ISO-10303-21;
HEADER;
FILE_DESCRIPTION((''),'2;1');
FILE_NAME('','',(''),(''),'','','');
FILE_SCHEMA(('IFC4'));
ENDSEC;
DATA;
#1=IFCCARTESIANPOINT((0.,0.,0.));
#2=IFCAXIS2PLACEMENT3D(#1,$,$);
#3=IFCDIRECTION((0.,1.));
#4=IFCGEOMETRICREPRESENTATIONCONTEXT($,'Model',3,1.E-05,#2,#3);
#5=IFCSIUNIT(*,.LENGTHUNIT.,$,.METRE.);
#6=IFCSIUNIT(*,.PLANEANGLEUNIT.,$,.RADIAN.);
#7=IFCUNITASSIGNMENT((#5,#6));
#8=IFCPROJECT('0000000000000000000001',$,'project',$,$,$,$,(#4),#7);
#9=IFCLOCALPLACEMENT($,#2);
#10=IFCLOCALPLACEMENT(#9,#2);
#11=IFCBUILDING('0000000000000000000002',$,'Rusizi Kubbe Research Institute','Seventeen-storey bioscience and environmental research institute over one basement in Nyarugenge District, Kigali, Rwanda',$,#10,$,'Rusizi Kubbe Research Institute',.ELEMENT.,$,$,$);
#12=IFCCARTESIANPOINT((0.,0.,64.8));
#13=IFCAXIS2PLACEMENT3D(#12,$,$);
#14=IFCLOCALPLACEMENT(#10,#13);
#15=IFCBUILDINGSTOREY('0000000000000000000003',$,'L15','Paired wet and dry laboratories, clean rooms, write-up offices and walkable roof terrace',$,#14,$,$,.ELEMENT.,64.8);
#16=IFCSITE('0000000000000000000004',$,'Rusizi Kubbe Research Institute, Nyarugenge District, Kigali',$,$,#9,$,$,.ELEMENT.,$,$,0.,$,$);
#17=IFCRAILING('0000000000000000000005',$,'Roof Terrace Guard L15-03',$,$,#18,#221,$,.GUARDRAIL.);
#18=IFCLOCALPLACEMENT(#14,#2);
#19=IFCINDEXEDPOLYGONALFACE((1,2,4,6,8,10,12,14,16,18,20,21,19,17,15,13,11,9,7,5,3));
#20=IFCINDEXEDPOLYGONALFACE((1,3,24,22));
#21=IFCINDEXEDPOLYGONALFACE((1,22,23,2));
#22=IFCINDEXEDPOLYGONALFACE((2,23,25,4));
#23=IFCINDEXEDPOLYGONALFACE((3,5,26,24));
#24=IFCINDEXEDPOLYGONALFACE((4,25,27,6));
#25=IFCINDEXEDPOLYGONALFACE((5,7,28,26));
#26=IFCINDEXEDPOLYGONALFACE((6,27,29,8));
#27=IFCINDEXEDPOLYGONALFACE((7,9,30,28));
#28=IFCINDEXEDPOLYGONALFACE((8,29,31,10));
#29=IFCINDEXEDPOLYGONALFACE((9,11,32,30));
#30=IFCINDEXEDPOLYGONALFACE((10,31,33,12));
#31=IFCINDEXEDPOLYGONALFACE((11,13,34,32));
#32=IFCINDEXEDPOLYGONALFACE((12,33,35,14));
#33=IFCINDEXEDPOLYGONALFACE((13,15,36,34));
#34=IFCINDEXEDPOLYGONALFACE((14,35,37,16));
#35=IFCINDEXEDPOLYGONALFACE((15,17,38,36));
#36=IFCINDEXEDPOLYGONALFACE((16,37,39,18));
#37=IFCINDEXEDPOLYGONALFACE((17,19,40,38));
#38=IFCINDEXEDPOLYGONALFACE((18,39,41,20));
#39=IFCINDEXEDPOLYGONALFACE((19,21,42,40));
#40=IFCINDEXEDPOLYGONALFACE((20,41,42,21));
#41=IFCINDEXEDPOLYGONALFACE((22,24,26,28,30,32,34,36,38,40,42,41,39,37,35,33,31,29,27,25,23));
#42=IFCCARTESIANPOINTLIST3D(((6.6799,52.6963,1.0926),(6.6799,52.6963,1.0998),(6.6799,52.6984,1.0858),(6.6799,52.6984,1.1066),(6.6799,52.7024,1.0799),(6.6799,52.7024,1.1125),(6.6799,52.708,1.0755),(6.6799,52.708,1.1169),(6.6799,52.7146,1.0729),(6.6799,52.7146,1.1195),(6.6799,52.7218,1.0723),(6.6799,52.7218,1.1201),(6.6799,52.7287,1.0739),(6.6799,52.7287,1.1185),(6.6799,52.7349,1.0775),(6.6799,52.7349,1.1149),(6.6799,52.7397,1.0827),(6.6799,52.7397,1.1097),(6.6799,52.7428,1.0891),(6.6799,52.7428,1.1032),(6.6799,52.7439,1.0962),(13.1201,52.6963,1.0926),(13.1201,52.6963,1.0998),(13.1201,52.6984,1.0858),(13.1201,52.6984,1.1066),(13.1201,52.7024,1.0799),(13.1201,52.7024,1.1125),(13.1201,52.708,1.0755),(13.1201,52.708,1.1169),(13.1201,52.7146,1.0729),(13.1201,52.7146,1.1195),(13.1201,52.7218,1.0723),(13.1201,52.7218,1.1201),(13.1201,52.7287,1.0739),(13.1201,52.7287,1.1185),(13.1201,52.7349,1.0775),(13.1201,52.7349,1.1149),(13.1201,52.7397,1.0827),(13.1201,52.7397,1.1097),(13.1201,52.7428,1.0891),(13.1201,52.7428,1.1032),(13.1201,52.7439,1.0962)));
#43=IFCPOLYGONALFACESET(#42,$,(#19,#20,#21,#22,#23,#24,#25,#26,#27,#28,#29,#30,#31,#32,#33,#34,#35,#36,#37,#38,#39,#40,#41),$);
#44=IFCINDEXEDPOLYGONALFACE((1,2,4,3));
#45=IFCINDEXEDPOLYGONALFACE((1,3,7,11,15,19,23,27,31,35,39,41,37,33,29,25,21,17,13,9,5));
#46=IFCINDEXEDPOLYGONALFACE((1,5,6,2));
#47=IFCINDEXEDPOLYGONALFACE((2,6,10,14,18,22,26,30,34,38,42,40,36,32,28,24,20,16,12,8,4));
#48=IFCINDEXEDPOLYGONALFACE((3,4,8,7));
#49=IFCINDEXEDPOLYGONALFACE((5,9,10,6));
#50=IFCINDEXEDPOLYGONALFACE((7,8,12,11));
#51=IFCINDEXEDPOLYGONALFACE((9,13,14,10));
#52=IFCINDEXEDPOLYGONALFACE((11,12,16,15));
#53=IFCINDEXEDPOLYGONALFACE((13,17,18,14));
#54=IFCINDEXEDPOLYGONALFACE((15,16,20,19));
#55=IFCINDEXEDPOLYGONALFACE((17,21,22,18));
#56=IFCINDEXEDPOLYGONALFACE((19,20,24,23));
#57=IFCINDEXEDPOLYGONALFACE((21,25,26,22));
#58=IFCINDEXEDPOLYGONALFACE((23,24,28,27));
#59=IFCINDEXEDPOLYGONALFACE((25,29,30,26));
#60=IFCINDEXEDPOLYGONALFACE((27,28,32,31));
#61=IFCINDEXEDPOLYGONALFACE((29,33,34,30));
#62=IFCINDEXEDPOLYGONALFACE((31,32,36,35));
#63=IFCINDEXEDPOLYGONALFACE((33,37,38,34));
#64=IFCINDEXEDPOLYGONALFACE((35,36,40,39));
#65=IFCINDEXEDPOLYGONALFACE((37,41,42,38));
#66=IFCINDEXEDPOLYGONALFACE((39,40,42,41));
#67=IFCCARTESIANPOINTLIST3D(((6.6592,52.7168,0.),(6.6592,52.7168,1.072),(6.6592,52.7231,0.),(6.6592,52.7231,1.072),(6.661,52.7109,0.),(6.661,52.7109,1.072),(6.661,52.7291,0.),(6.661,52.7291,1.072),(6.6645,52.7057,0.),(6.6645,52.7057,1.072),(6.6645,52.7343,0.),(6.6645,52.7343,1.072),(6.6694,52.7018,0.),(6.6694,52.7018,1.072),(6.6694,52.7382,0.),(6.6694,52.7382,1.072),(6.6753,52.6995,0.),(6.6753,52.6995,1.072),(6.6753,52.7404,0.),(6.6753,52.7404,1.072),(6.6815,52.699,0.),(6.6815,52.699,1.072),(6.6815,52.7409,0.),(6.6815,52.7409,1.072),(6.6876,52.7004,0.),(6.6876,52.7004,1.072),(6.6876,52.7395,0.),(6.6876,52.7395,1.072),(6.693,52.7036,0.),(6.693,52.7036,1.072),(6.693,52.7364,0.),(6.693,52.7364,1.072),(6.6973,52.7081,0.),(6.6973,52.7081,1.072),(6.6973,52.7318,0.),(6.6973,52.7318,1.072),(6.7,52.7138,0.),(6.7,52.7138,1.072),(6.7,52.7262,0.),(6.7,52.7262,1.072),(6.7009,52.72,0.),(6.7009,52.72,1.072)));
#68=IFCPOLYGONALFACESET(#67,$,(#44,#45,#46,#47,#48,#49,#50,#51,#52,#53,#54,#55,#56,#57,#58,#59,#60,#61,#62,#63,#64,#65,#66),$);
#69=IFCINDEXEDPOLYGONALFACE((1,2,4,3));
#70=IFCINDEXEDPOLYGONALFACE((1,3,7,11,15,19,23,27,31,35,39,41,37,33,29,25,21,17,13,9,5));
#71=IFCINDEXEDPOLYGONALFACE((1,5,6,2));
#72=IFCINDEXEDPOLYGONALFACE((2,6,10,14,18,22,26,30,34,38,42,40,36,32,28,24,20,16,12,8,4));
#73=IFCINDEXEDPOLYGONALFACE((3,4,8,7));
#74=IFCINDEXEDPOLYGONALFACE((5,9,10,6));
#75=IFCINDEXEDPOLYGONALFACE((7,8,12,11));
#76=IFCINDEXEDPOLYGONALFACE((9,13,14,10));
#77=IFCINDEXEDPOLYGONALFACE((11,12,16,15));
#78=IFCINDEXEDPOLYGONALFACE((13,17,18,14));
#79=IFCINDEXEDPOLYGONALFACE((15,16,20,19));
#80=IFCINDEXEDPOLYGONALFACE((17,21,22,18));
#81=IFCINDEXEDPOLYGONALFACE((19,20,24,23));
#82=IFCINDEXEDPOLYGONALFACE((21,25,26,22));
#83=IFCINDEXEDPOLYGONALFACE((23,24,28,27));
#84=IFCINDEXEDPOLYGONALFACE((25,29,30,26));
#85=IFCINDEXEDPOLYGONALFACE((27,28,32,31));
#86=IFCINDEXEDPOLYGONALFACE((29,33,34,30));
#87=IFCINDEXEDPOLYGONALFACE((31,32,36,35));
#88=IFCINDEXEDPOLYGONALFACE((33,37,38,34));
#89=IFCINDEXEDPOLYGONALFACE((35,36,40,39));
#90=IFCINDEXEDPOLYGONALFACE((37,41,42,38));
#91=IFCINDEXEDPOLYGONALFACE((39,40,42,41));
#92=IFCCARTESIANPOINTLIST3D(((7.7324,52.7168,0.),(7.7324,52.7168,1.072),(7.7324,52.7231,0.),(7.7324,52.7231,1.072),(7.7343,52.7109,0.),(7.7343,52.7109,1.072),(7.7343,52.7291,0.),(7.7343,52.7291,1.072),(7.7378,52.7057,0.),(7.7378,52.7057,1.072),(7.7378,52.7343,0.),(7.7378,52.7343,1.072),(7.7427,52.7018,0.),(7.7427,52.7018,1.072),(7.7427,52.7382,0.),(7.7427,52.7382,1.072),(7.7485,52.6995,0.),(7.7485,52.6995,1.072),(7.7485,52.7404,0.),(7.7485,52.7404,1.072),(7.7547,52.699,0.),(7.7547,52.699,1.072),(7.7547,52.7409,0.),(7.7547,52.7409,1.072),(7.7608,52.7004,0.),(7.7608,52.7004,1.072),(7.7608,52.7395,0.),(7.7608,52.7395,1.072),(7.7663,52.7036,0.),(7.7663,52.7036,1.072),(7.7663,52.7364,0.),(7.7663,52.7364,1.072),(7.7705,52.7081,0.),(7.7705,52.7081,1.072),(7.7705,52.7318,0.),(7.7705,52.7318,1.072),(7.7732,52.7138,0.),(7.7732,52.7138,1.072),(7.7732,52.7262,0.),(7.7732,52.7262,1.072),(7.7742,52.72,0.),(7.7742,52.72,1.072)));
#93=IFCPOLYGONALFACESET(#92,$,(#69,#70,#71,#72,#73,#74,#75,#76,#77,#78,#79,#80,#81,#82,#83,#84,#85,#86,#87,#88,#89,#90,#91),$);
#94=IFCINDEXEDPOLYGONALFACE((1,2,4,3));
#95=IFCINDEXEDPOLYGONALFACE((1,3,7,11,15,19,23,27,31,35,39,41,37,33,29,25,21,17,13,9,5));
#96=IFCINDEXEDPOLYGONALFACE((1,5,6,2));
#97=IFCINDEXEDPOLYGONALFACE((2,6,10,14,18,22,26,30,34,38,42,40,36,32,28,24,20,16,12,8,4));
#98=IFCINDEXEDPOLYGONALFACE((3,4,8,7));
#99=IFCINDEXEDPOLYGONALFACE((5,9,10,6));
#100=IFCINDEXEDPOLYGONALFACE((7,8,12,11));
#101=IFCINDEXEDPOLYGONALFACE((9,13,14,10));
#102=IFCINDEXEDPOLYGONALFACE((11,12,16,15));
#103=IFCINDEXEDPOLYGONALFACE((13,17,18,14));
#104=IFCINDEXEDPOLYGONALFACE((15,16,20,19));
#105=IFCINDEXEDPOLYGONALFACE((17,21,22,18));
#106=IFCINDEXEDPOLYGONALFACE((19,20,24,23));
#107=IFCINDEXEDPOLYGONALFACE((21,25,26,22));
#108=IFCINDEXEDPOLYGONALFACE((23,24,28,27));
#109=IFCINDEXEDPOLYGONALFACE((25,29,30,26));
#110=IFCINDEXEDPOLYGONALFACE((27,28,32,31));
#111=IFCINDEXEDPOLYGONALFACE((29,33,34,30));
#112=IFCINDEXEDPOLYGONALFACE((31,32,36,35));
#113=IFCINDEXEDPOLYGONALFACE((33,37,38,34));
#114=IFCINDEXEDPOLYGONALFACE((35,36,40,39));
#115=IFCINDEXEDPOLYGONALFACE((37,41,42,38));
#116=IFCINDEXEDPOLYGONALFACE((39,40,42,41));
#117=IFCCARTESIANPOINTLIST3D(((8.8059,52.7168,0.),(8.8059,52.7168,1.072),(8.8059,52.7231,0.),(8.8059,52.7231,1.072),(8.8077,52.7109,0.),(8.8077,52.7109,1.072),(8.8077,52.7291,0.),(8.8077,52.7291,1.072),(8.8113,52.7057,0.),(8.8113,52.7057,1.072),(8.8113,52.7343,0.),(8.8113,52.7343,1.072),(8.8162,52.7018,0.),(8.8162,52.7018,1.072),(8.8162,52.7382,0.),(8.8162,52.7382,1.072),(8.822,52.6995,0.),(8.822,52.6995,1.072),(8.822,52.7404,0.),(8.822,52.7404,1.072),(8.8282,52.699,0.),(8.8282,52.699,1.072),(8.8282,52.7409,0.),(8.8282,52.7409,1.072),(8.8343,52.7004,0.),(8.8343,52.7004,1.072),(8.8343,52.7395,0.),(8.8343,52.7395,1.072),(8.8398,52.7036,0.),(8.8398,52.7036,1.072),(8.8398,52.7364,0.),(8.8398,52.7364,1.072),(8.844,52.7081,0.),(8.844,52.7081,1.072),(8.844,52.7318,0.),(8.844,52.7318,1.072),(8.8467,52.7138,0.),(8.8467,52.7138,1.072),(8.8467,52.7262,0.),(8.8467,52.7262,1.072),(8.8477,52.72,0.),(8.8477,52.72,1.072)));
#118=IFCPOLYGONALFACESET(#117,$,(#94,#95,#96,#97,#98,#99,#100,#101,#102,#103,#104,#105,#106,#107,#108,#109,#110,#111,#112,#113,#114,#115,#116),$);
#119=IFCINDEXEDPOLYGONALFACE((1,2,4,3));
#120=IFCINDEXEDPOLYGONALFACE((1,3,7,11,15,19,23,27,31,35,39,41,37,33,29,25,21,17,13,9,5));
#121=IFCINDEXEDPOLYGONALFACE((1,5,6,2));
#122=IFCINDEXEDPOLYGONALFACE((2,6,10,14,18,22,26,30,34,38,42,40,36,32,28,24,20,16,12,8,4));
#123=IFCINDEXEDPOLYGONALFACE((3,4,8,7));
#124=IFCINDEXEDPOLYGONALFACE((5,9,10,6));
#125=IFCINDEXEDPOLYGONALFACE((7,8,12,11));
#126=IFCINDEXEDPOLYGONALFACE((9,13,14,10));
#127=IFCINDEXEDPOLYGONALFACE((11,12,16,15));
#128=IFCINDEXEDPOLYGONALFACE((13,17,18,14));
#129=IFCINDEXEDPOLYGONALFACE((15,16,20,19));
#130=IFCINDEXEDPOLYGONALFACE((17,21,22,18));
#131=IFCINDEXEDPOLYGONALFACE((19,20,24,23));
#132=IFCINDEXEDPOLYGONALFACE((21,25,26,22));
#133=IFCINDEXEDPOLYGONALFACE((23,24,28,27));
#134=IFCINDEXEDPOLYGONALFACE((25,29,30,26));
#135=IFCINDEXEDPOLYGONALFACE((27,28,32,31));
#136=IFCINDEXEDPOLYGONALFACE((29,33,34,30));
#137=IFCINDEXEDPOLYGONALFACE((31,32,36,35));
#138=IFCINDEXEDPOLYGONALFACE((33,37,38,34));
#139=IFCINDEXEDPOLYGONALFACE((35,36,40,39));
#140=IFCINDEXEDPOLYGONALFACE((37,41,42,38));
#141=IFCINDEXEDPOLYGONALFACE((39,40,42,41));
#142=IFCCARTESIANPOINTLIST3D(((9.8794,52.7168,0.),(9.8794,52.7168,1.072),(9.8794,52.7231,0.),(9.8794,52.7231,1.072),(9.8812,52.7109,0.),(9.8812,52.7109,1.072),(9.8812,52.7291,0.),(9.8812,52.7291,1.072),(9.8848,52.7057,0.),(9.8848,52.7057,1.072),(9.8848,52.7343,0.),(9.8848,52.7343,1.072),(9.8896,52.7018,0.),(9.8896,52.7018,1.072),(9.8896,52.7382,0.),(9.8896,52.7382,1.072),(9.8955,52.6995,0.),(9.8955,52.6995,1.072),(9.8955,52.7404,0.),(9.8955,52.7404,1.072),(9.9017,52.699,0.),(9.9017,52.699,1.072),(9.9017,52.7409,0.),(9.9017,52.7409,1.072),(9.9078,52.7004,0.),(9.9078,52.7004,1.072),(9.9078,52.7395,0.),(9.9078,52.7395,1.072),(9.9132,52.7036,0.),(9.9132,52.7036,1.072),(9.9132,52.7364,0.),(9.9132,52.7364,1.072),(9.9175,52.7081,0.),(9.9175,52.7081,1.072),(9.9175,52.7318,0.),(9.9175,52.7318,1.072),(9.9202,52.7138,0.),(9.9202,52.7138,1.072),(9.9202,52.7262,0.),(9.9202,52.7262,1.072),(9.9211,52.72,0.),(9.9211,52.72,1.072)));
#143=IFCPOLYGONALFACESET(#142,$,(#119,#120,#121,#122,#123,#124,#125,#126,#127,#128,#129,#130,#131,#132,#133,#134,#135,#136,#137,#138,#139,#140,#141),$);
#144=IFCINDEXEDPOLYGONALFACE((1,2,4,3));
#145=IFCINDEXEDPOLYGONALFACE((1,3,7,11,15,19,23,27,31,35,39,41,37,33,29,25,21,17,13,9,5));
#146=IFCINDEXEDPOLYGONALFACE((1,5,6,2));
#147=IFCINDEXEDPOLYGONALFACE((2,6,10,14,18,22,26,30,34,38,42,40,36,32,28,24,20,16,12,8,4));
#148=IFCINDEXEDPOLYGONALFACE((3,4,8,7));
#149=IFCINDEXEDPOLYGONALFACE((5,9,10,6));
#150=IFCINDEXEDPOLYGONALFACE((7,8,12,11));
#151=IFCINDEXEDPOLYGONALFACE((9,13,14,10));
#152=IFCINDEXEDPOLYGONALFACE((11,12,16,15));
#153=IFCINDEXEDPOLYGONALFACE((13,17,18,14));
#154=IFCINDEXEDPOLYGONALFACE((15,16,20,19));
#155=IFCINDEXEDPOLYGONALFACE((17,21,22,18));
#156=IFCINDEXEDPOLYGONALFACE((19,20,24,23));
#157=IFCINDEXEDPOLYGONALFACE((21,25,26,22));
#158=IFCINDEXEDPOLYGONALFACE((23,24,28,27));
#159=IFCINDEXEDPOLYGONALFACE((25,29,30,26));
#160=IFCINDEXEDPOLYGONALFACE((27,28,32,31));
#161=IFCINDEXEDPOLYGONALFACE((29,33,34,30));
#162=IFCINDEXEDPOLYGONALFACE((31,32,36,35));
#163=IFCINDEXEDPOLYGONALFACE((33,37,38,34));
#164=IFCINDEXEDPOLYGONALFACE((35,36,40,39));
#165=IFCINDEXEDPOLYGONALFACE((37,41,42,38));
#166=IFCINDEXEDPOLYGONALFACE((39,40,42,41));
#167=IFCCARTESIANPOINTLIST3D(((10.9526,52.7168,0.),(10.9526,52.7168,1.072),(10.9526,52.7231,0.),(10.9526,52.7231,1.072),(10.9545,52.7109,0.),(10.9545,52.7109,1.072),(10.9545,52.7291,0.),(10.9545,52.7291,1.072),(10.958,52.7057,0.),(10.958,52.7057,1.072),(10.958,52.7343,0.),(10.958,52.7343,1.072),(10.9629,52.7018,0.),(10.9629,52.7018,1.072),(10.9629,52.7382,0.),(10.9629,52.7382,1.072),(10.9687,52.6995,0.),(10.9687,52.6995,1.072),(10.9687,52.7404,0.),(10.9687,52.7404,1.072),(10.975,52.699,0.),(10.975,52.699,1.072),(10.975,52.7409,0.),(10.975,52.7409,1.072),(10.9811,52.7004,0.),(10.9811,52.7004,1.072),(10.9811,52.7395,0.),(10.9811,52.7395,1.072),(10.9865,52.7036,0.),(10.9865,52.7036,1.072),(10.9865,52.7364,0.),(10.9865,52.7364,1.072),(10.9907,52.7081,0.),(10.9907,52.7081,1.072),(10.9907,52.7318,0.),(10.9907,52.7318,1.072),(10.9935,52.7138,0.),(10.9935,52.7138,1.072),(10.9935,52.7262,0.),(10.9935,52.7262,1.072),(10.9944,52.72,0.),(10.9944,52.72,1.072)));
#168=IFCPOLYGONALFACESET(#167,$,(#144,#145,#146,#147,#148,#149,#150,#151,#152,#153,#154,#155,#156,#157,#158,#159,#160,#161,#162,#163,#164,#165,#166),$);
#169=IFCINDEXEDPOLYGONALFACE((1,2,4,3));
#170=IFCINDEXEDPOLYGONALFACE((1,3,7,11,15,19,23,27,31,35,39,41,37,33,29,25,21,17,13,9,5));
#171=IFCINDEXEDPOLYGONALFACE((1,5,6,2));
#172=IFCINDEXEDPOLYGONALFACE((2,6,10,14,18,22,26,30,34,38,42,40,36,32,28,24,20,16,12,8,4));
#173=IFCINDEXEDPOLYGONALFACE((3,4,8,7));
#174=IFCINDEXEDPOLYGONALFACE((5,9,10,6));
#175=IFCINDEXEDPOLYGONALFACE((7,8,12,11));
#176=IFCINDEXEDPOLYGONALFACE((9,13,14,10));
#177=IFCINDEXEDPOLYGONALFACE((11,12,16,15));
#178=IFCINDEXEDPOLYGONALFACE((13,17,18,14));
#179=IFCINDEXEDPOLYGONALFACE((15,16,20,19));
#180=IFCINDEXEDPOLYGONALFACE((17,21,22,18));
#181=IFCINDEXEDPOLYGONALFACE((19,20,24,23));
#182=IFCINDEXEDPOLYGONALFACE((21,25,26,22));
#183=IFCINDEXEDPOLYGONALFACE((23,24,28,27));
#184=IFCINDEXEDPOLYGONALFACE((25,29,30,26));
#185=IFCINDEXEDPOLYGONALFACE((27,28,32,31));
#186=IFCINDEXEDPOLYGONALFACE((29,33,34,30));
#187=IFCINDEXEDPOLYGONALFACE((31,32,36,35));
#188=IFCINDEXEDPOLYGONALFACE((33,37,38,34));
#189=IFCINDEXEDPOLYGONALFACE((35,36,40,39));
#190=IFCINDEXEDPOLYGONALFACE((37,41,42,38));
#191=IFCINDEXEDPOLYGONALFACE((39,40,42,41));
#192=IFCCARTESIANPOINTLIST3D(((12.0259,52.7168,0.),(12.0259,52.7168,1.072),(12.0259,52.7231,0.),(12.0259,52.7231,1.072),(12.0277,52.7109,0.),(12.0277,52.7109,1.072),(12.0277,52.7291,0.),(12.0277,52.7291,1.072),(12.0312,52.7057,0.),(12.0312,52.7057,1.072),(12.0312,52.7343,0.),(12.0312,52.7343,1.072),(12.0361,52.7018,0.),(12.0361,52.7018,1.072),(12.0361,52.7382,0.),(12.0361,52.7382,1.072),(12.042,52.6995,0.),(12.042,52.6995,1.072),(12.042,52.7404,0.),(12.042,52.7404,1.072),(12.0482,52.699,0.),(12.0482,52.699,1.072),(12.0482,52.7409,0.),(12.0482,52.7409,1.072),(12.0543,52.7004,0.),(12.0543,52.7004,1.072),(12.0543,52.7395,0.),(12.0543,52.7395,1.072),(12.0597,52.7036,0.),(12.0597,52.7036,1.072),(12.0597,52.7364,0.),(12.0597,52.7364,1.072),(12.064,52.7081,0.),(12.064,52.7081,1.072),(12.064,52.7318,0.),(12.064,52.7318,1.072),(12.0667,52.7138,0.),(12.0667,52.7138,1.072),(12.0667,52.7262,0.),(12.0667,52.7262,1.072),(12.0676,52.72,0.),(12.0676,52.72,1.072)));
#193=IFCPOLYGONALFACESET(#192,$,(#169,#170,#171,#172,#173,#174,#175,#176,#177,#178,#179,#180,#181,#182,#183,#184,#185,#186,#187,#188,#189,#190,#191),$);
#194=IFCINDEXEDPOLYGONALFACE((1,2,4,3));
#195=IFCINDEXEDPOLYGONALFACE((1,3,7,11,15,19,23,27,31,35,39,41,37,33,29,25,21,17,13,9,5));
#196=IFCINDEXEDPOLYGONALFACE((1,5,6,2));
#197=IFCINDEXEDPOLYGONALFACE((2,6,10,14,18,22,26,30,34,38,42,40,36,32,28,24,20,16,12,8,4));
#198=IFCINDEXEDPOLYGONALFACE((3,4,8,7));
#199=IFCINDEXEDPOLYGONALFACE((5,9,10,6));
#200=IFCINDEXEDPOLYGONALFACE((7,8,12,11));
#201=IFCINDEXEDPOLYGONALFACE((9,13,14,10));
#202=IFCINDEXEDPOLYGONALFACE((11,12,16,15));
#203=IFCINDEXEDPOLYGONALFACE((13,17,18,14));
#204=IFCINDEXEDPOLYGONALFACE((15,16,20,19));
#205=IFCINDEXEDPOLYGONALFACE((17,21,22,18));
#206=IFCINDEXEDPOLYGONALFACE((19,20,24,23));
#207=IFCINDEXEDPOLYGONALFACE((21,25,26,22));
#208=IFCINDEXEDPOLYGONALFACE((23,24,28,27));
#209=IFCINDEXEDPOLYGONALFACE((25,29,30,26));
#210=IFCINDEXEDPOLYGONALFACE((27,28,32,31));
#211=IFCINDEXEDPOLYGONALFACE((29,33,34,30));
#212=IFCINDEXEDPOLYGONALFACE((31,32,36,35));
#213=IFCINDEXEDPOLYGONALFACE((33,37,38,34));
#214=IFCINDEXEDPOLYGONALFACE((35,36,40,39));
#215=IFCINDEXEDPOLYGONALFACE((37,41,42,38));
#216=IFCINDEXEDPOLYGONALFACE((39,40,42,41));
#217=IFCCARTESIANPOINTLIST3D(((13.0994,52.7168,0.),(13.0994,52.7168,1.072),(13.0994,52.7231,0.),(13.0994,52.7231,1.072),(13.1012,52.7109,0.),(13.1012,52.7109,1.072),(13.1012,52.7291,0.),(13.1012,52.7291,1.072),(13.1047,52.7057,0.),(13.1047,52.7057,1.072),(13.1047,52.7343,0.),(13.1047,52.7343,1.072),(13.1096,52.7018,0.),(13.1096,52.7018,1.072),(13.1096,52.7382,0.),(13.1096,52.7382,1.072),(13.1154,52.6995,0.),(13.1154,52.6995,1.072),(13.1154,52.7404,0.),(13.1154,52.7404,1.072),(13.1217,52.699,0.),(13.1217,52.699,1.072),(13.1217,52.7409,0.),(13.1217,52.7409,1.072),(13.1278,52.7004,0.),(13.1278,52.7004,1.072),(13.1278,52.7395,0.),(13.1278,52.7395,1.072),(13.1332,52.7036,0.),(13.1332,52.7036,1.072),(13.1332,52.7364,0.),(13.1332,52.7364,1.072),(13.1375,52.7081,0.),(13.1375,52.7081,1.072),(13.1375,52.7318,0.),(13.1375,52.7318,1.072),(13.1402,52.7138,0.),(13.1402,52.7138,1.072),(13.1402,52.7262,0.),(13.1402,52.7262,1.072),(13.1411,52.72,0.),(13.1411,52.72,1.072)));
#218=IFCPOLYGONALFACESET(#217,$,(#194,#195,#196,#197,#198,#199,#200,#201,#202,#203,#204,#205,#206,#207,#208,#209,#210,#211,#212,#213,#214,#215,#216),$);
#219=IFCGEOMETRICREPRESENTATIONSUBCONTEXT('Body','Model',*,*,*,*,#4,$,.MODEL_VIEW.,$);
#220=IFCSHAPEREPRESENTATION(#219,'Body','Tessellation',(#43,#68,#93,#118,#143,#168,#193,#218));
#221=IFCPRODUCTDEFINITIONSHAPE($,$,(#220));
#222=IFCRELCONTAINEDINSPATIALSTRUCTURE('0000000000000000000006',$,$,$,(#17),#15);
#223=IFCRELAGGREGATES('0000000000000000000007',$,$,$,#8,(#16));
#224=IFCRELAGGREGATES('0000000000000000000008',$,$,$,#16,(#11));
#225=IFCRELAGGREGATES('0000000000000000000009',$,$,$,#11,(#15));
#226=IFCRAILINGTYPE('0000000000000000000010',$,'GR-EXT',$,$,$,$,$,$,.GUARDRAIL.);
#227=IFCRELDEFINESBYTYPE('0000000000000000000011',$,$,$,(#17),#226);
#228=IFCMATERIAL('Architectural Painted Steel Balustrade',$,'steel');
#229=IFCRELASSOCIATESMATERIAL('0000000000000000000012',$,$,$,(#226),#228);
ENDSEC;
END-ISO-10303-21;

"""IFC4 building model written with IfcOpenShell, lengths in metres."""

from ifc_helpers import new_model, si_unit, direction, frame, origin, origin_2d, place, context, subcontext, project, spatial, circle, extrude, material, type_object, element, save


model = new_model("IFC4")

# Units and contexts
model_context = context("Model", 3, precision=1e-05, world=origin(), true_north=direction((0.0, 1.0)))
body_context = subcontext(model_context, "Body", "Model", "MODEL_VIEW")
ifc_project = project(units=[si_unit("LENGTHUNIT", "METRE"), si_unit("PLANEANGLEUNIT", "RADIAN")], contexts=[model_context])

# Site, building, storey
site_placement = place(None, origin())
site = spatial("IfcSite", under=ifc_project, at=site_placement, Name="Rusizi Kubbe Research Institute, Nyarugenge District, Kigali", CompositionType="ELEMENT", RefElevation=0.0)
building_placement = place(site_placement, origin())
building = spatial("IfcBuilding", under=site, at=building_placement, Name="Rusizi Kubbe Research Institute", Description="Seventeen-storey bioscience and environmental research institute over one basement in Nyarugenge District, Kigali, Rwanda", LongName="Rusizi Kubbe Research Institute", CompositionType="ELEMENT")
storey_placement = place(building_placement, frame((0.0, 0.0, 64.8)))
storey = spatial("IfcBuildingStorey", under=building, at=storey_placement, Name="L15", Description="Paired wet and dry laboratories, clean rooms, write-up offices and walkable roof terrace", CompositionType="ELEMENT", Elevation=64.8)

# Railing
ifc_material_1 = material(Name="Architectural Painted Steel Balustrade", Category="steel")
railing_type = type_object("IfcRailingType", Name="GR-EXT", PredefinedType="GUARDRAIL", material=ifc_material_1)
railing_1_placement = place(storey_placement, frame((6.6799, 52.72, 0.0)))
element("IfcRailing", 1, at=railing_1_placement, inside=storey, type_object=railing_type, Name="Roof Terrace Guard L15-03", PredefinedType="GUARDRAIL", context=body_context, shape_type="SweptSolid", body=[
    extrude(circle(Radius=0.0239, at=origin_2d()), frame((0.0, 0.0, 1.0962), z_axis=(1.0, 0.0, 0.0), x_axis=(0.0, 1.0, 0.0)), (0.0, 0.0, 1.0), 6.4402),
    extrude(circle(Radius=0.021, at=origin_2d()), origin(), (0.0, 0.0, 1.0), 1.072),
    extrude(circle(Radius=0.021, at=origin_2d()), frame((1.0732, 0.0, 0.0)), (0.0, 0.0, 1.0), 1.072),
    extrude(circle(Radius=0.021, at=origin_2d()), frame((2.1467, 0.0, 0.0)), (0.0, 0.0, 1.0), 1.072),
    extrude(circle(Radius=0.021, at=origin_2d()), frame((3.2202, 0.0, 0.0)), (0.0, 0.0, 1.0), 1.072),
    extrude(circle(Radius=0.021, at=origin_2d()), frame((4.2935, 0.0, 0.0)), (0.0, 0.0, 1.0), 1.072),
    extrude(circle(Radius=0.021, at=origin_2d()), frame((5.3667, 0.0, 0.0)), (0.0, 0.0, 1.0), 1.072),
    extrude(circle(Radius=0.021, at=origin_2d()), frame((6.4402, 0.0, 0.0)), (0.0, 0.0, 1.0), 1.072),
])

save(model, "model.ifc")
